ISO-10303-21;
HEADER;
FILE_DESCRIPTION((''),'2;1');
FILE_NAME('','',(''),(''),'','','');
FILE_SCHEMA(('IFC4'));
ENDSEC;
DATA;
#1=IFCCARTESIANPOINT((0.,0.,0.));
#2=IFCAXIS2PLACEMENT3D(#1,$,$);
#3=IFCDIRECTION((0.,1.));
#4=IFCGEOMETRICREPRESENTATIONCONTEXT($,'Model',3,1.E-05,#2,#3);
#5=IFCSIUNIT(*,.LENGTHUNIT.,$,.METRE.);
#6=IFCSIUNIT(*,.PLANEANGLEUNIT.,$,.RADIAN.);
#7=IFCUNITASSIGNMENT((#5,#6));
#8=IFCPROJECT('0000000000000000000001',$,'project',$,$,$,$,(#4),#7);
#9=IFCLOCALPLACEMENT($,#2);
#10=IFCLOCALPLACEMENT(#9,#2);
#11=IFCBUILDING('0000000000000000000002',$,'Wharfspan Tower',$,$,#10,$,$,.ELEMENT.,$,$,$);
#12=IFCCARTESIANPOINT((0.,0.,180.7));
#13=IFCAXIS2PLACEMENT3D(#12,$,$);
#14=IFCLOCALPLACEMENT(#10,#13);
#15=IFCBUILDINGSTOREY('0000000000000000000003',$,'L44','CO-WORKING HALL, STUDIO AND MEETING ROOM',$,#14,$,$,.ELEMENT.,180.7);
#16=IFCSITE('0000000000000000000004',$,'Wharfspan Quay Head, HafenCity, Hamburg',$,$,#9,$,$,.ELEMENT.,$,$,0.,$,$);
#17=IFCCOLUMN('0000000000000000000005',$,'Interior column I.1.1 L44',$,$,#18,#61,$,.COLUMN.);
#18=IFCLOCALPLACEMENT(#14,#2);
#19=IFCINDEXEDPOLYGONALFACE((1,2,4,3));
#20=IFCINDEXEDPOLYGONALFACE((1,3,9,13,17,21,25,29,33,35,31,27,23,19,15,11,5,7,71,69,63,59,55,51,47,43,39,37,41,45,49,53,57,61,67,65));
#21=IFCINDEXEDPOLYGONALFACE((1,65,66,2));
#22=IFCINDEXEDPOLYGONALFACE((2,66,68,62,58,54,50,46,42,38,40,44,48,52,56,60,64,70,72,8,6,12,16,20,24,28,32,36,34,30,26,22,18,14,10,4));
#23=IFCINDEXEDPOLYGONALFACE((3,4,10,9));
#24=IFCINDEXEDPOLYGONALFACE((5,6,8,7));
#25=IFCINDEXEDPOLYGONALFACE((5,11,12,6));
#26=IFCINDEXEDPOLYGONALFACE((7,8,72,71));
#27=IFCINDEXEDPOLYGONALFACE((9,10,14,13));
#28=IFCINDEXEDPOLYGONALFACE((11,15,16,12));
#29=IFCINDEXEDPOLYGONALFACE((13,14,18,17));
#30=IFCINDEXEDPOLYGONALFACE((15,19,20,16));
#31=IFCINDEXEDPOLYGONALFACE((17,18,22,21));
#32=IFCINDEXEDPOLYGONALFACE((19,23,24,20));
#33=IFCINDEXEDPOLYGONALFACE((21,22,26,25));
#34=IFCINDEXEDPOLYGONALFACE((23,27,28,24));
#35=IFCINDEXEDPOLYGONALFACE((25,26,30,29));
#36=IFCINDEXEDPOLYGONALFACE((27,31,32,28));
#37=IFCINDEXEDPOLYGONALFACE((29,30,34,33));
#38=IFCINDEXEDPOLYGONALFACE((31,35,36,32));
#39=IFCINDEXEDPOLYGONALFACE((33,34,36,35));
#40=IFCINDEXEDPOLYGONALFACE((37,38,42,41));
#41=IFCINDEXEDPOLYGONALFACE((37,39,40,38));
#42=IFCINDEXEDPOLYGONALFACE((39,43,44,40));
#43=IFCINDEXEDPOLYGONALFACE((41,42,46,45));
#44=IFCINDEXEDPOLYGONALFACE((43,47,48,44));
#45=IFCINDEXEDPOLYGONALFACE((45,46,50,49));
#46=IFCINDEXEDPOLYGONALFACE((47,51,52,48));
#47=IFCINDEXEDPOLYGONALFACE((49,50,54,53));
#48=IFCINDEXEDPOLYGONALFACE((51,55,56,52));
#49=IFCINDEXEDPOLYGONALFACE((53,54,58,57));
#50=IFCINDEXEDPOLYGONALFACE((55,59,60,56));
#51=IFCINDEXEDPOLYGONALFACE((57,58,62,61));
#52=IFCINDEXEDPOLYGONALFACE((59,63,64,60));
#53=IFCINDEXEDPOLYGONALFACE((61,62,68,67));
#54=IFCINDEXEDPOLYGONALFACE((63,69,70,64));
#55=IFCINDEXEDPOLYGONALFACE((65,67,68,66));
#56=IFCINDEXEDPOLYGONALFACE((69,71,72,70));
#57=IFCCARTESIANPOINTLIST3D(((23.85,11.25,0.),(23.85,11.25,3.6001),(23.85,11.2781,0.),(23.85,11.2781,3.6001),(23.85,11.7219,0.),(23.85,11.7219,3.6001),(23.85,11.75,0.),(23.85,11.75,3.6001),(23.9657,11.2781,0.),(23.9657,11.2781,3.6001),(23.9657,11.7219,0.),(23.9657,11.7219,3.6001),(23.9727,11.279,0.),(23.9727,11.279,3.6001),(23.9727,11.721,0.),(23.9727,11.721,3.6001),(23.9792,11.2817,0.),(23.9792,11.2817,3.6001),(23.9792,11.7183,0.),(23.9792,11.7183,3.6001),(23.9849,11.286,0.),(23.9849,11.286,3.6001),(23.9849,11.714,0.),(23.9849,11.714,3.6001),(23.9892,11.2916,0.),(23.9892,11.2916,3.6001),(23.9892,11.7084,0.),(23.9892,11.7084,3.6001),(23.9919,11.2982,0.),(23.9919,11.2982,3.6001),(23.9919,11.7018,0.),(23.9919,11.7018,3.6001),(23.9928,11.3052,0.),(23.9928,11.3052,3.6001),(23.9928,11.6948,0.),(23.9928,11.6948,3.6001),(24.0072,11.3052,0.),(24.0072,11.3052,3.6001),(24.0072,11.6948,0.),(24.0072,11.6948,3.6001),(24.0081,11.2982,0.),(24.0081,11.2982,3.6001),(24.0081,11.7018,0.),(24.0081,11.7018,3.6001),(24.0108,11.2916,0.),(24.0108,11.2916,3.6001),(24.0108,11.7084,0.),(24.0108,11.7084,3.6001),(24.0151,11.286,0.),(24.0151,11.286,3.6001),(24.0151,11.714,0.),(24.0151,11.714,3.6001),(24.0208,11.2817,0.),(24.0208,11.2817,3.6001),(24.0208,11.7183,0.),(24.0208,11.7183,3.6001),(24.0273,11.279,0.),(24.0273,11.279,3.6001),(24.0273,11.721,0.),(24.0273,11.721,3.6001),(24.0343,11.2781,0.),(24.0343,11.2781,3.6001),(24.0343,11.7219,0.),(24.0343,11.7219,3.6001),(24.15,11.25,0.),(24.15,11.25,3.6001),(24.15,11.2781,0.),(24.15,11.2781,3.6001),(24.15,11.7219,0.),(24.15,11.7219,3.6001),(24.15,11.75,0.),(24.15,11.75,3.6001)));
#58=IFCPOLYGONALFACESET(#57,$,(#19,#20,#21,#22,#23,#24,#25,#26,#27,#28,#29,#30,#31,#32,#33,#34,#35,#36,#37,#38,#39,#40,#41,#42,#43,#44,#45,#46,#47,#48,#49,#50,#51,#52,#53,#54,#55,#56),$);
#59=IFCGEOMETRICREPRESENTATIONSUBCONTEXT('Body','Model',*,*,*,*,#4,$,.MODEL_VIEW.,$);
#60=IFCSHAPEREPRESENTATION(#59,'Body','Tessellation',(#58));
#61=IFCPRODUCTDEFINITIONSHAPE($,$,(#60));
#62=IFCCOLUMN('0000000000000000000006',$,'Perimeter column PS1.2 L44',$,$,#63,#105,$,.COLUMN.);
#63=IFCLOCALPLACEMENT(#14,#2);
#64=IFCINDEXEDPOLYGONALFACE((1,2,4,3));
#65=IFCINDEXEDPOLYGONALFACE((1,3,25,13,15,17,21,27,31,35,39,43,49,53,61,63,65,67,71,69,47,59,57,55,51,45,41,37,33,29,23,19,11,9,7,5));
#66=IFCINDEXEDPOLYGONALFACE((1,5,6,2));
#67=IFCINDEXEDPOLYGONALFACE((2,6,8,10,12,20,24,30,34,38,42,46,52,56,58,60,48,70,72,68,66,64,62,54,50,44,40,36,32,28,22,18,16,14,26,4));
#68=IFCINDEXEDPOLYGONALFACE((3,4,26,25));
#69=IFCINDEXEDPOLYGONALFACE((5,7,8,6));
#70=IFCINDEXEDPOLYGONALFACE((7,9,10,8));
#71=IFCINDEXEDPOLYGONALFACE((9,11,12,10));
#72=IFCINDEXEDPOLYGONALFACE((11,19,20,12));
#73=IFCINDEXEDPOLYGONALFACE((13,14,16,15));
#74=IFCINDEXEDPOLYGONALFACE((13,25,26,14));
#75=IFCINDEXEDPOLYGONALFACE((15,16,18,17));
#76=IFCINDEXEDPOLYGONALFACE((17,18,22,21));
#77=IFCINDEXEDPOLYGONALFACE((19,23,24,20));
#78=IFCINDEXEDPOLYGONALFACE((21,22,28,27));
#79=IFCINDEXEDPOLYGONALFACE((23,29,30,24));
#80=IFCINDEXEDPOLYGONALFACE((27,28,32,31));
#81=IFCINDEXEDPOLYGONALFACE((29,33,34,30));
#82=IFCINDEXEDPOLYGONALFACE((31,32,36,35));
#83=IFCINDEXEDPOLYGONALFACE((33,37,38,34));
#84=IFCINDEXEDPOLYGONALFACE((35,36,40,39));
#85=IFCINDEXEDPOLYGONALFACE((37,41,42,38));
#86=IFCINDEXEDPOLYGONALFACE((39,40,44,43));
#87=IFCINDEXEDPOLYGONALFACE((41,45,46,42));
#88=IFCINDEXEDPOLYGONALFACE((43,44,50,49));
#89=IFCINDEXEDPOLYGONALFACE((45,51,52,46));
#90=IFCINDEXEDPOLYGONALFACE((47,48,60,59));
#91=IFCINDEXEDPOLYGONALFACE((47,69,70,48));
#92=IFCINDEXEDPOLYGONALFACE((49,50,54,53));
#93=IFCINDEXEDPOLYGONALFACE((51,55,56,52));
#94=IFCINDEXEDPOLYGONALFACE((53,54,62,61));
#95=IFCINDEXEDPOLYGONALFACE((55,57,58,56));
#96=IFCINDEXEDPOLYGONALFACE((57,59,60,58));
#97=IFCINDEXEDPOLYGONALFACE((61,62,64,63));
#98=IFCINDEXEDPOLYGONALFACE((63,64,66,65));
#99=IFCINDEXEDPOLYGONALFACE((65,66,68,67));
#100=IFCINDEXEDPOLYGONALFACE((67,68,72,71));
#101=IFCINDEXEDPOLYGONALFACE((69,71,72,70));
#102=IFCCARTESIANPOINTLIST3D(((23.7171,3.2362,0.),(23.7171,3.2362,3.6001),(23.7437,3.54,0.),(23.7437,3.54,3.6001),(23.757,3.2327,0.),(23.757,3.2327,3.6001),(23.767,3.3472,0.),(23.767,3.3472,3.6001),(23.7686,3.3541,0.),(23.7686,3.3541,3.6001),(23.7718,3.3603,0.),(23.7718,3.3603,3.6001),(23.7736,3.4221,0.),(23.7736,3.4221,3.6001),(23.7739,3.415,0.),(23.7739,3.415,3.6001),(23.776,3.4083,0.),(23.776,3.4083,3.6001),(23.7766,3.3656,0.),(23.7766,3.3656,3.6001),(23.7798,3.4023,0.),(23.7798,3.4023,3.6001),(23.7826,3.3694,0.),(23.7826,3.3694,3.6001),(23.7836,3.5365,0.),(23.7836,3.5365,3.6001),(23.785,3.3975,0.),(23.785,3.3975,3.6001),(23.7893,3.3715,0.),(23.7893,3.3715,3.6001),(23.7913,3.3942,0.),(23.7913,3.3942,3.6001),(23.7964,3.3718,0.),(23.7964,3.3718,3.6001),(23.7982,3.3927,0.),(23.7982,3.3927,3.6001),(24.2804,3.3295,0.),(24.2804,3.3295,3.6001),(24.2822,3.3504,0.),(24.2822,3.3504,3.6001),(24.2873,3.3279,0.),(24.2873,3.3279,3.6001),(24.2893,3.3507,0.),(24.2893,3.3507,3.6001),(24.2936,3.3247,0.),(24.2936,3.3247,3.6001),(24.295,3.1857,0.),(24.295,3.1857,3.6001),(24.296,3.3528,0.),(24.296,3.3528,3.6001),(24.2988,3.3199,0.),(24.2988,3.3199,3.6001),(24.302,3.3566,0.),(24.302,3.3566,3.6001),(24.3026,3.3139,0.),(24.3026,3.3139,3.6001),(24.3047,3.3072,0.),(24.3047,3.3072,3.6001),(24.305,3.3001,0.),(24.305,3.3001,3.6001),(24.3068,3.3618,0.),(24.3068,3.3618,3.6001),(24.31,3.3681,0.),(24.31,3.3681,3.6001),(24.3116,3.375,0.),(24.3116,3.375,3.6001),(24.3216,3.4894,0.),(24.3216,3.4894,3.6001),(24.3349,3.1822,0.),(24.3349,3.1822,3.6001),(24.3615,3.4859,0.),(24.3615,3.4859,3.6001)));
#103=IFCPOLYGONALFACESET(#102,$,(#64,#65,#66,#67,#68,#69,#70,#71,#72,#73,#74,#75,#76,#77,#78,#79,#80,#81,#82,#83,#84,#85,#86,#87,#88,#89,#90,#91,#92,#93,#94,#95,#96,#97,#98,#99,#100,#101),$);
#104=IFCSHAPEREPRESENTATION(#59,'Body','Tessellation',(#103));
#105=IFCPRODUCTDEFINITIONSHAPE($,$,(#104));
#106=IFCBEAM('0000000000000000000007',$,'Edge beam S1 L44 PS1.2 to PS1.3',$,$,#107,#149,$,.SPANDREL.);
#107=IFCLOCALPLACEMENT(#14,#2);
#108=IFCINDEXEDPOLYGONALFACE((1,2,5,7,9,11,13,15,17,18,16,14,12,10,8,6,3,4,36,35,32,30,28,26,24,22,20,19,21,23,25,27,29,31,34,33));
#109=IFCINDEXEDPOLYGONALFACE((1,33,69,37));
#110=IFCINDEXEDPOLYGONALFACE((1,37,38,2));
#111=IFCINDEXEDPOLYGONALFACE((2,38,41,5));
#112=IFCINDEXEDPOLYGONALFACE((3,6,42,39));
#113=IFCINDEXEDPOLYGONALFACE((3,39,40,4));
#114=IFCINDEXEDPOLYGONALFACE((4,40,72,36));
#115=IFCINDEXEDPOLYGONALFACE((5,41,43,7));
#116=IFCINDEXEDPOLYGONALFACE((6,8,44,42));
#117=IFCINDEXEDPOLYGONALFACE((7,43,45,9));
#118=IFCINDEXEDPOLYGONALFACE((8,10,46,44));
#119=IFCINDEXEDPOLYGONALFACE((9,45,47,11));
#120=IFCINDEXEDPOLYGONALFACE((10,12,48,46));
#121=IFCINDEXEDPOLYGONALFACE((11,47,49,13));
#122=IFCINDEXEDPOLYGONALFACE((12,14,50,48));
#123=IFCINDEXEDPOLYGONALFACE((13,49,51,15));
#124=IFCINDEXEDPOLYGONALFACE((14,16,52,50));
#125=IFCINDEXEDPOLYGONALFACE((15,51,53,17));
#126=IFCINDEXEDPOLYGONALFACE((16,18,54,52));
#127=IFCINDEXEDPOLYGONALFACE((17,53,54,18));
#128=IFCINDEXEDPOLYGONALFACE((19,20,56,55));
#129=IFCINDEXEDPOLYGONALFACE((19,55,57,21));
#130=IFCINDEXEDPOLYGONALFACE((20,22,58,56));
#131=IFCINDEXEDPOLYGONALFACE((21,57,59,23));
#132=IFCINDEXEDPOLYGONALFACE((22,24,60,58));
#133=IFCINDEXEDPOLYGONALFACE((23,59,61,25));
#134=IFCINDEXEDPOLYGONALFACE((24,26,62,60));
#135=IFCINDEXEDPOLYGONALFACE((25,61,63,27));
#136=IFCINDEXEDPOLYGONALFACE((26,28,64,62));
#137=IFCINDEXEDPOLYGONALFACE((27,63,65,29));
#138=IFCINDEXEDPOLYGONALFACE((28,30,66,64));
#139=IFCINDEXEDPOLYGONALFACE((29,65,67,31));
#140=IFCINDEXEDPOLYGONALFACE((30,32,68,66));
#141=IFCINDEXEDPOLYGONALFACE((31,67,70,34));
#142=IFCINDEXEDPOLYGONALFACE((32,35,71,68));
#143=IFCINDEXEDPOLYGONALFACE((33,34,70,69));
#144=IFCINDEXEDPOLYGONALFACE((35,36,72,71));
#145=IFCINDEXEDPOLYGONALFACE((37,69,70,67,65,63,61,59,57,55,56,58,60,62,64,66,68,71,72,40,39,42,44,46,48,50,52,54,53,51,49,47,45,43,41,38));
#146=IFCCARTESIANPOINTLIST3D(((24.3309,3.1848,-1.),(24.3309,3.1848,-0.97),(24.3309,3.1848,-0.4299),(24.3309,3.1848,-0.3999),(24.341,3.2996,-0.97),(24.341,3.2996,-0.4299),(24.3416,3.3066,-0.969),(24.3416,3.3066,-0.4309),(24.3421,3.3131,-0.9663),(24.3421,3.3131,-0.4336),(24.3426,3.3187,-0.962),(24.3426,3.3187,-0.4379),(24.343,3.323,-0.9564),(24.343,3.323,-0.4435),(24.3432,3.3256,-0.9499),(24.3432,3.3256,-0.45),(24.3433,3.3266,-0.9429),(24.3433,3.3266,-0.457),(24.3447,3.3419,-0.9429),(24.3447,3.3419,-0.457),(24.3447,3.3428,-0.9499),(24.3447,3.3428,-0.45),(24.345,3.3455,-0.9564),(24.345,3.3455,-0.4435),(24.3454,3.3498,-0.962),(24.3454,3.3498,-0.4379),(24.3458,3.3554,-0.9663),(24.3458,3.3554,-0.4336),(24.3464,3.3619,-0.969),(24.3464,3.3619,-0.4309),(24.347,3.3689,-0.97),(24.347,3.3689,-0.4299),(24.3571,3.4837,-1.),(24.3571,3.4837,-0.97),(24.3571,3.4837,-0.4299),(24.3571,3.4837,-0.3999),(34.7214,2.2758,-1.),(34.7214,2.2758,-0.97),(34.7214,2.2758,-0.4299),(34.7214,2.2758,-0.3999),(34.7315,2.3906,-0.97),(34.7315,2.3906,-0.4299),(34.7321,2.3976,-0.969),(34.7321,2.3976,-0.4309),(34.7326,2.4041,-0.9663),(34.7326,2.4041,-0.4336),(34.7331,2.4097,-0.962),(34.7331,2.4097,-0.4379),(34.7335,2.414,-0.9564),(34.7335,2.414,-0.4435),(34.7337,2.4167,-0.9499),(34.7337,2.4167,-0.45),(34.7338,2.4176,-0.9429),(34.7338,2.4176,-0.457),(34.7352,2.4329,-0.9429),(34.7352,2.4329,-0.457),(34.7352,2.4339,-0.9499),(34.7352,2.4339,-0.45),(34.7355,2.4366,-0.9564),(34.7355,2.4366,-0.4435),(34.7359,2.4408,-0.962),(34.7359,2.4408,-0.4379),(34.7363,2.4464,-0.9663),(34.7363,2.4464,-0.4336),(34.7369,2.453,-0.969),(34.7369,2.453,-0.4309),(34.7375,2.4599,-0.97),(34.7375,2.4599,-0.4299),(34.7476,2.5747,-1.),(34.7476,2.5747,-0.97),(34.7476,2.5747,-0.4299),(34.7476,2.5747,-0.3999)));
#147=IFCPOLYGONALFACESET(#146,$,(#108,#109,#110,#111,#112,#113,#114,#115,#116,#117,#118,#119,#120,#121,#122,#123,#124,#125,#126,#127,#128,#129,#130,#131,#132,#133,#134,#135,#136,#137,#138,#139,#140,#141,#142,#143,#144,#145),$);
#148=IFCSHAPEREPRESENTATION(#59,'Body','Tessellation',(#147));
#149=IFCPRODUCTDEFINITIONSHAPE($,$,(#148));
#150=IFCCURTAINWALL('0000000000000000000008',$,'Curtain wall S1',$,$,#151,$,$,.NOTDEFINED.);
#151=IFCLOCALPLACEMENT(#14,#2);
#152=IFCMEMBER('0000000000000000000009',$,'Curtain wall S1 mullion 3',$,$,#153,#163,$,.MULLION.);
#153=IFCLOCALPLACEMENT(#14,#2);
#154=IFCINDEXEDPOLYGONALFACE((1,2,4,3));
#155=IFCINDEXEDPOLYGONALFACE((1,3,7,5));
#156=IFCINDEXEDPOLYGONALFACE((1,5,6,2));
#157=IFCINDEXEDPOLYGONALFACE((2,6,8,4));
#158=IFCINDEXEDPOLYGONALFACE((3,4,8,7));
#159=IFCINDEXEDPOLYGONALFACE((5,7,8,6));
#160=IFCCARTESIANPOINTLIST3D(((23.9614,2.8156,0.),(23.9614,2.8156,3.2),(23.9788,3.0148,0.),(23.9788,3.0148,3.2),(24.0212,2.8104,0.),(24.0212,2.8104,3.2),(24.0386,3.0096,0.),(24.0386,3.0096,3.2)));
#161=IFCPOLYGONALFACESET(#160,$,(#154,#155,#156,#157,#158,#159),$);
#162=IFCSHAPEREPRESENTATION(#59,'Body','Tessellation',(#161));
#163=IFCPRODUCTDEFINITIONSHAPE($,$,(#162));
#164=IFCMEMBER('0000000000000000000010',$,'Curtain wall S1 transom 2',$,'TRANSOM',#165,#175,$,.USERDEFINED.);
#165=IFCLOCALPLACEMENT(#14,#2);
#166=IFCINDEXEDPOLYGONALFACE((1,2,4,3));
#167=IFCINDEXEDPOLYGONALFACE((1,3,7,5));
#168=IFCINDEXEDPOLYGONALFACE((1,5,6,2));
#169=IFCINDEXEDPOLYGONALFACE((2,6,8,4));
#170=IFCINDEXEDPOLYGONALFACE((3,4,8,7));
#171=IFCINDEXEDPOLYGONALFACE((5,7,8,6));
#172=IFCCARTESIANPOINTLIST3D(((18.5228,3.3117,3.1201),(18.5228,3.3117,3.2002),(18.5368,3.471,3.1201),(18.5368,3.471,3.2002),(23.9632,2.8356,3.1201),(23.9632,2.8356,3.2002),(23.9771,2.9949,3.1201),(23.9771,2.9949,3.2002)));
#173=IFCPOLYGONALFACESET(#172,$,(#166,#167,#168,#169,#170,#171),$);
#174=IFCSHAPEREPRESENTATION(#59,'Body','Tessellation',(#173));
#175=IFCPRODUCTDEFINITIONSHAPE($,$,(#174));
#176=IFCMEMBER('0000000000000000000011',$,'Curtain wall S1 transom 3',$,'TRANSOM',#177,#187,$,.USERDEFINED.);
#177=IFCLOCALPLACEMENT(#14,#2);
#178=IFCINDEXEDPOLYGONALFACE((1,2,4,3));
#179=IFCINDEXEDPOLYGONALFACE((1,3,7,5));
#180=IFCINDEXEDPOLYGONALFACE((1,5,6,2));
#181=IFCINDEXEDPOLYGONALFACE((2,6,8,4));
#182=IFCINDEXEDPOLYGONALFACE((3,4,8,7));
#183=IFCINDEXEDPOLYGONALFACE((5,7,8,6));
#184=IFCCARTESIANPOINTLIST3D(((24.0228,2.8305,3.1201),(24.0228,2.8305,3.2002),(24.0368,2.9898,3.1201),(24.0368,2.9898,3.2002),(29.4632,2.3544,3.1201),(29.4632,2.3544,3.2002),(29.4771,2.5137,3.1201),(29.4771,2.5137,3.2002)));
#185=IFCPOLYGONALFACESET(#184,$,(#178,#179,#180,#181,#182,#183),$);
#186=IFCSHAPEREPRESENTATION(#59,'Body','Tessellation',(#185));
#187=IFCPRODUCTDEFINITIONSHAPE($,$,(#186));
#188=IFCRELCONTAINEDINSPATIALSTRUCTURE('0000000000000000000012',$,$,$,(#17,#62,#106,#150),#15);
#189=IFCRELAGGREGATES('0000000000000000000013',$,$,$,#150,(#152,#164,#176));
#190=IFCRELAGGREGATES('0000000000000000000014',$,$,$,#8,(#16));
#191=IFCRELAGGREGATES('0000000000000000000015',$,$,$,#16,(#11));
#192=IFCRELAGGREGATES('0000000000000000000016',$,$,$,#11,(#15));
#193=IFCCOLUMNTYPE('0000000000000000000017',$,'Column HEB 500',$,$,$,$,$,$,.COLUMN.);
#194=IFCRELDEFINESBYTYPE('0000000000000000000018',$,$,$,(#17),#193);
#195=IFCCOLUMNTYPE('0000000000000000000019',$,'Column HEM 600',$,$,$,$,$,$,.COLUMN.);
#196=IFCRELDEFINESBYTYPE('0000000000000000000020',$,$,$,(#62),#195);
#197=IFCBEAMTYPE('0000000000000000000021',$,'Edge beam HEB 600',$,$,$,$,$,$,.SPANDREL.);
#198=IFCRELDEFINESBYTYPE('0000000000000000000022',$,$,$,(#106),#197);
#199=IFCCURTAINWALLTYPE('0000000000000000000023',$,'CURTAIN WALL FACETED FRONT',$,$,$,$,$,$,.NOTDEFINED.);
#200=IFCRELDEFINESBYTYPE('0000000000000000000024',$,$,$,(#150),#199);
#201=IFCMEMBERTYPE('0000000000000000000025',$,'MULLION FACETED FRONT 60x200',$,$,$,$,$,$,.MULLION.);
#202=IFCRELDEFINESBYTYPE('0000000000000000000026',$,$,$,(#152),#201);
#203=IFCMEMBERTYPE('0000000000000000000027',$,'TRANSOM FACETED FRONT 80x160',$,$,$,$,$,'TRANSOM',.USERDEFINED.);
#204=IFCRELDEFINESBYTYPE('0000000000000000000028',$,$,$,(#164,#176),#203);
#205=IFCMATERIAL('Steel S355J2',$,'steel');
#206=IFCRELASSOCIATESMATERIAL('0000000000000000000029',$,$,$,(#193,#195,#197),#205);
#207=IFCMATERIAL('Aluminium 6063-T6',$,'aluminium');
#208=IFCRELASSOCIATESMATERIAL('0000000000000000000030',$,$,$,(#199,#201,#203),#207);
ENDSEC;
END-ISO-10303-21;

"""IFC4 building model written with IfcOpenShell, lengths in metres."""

from ifc_helpers import new_model, si_unit, direction, frame, origin, origin_2d, place, context, subcontext, project, spatial, rectangle, i_section, extrude, material, material_profile, profile_set, type_object, element, aggregate, save


model = new_model("IFC4")

# Units and contexts
model_context = context("Model", 3, precision=1e-05, world=origin(), true_north=direction((0.0, 1.0)))
body_context = subcontext(model_context, "Body", "Model", "MODEL_VIEW")
ifc_project = project(units=[si_unit("LENGTHUNIT", "METRE"), si_unit("PLANEANGLEUNIT", "RADIAN")], contexts=[model_context])

# Site, building, storey
site_placement = place(None, origin())
site = spatial("IfcSite", under=ifc_project, at=site_placement, Name="Wharfspan Quay Head, HafenCity, Hamburg", CompositionType="ELEMENT", RefElevation=0.0)
building_placement = place(site_placement, origin())
building = spatial("IfcBuilding", under=site, at=building_placement, Name="Wharfspan Tower", CompositionType="ELEMENT")
storey_placement = place(building_placement, frame((0.0, 0.0, 180.7)))
storey = spatial("IfcBuildingStorey", under=building, at=storey_placement, Name="L44", Description="CO-WORKING HALL, STUDIO AND MEETING ROOM", CompositionType="ELEMENT", Elevation=180.7)

# Columns
ifc_material_1 = material(Name="Steel S355J2", Category="steel")
ifc_material_profile_1 = material_profile(ifc_material_1, i_section(OverallWidth=0.3, OverallDepth=0.5, WebThickness=0.0144, FlangeThickness=0.0281, FilletRadius=0.0271, at=origin_2d()))
ifc_profile_set_1 = profile_set([ifc_material_profile_1], Name="Steel S355J2")
column_type_1 = type_object("IfcColumnType", Name="Column HEB 500", PredefinedType="COLUMN", material=ifc_profile_set_1)
column_1_placement = place(storey_placement, frame((24.0, 11.5, 0.0), z_axis=(0.0, 0.0, 1.0), x_axis=(1.0, 0.0, 0.0)))
element("IfcColumn", 1, at=column_1_placement, inside=storey, type_object=column_type_1, Name="Interior column I.1.1 L44", PredefinedType="COLUMN", context=body_context, shape_type="SweptSolid", body=[
    extrude(i_section(OverallWidth=0.3, OverallDepth=0.5, WebThickness=0.0144, FlangeThickness=0.0281, FilletRadius=0.0271, at=origin_2d()), origin(), (0.0, 0.0, 1.0), 3.6001),
])
ifc_material_profile_2 = material_profile(ifc_material_1, i_section(OverallWidth=0.3049, OverallDepth=0.6201, WebThickness=0.021, FlangeThickness=0.04, FilletRadius=0.0271, at=origin_2d()))
ifc_profile_set_2 = profile_set([ifc_material_profile_2], Name="Steel S355J2")
column_type_2 = type_object("IfcColumnType", Name="Column HEM 600", PredefinedType="COLUMN", material=ifc_profile_set_2)
column_2_placement = place(storey_placement, frame((24.0393, 3.3611, 0.0), z_axis=(0.0, 0.0, 1.0), x_axis=(-0.087156, -0.996198, 0.0)))
element("IfcColumn", 2, at=column_2_placement, inside=storey, type_object=column_type_2, Name="Perimeter column PS1.2 L44", PredefinedType="COLUMN", context=body_context, shape_type="SweptSolid", body=[
    extrude(i_section(OverallWidth=0.3049, OverallDepth=0.6201, WebThickness=0.021, FlangeThickness=0.04, FilletRadius=0.0271, at=origin_2d()), origin(), (0.0, 0.0, 1.0), 3.6001),
])

# Beam
ifc_material_profile_3 = material_profile(ifc_material_1, i_section(OverallWidth=0.3, OverallDepth=0.6001, WebThickness=0.0154, FlangeThickness=0.03, FilletRadius=0.0271, at=origin_2d()))
ifc_profile_set_3 = profile_set([ifc_material_profile_3], Name="Steel S355J2")
beam_type = type_object("IfcBeamType", Name="Edge beam HEB 600", PredefinedType="SPANDREL", material=ifc_profile_set_3)
beam_placement = place(storey_placement, frame((24.344, 3.3342, -0.7), z_axis=(0.996196, -0.087146, 0.0), x_axis=(0.087146, 0.996196, 0.0)))
element("IfcBeam", 3, at=beam_placement, inside=storey, type_object=beam_type, Name="Edge beam S1 L44 PS1.2 to PS1.3", PredefinedType="SPANDREL", context=body_context, shape_type="SweptSolid", body=[
    extrude(i_section(OverallWidth=0.3, OverallDepth=0.6001, WebThickness=0.0154, FlangeThickness=0.03, FilletRadius=0.0271, at=origin_2d()), origin(), (0.0, 0.0, 1.0), 10.4302),
])

# Curtain wall, members
ifc_material_2 = material(Name="Aluminium 6063-T6", Category="aluminium")
curtain_wall_type = type_object("IfcCurtainWallType", Name="CURTAIN WALL FACETED FRONT", PredefinedType="NOTDEFINED", material=ifc_material_2)
curtain_wall_placement = place(storey_placement, origin())
curtain_wall = element("IfcCurtainWall", 4, at=curtain_wall_placement, inside=storey, type_object=curtain_wall_type, Name="Curtain wall S1", PredefinedType="NOTDEFINED")
ifc_material_profile_4 = material_profile(ifc_material_2, rectangle(XDim=0.2, YDim=0.0601, at=origin_2d()))
ifc_profile_set_4 = profile_set([ifc_material_profile_4], Name="Aluminium 6063-T6")
member_type_1 = type_object("IfcMemberType", Name="MULLION FACETED FRONT 60x200", PredefinedType="MULLION", material=ifc_profile_set_4)
member_1_placement = place(storey_placement, frame((24.0, 2.9126, 0.0), z_axis=(0.0, 0.0, 1.0), x_axis=(0.087156, 0.996198, 0.0)))
member_1 = element("IfcMember", 5, at=member_1_placement, type_object=member_type_1, Name="Curtain wall S1 mullion 3", PredefinedType="MULLION", context=body_context, shape_type="SweptSolid", body=[
    extrude(rectangle(XDim=0.2, YDim=0.0601, at=origin_2d()), origin(), (0.0, 0.0, 1.0), 3.2),
])
ifc_material_profile_5 = material_profile(ifc_material_2, rectangle(XDim=0.1599, YDim=0.0801, at=origin_2d()))
ifc_profile_set_5 = profile_set([ifc_material_profile_5], Name="Aluminium 6063-T6")
member_type_2 = type_object("IfcMemberType", Name="TRANSOM FACETED FRONT 80x160", ElementType="TRANSOM", PredefinedType="USERDEFINED", material=ifc_profile_set_5)
member_2_placement = place(storey_placement, frame((18.5298, 3.3914, 3.1602), z_axis=(0.996193, -0.087174, 0.0), x_axis=(0.087174, 0.996193, 0.0)))
member_2 = element("IfcMember", 6, at=member_2_placement, type_object=member_type_2, Name="Curtain wall S1 transom 2", ObjectType="TRANSOM", PredefinedType="USERDEFINED", context=body_context, shape_type="SweptSolid", body=[
    extrude(rectangle(XDim=0.1599, YDim=0.0801, at=origin_2d()), origin(), (0.0, 0.0, 1.0), 5.4612),
])
member_3_placement = place(storey_placement, frame((24.0298, 2.9102, 3.1602), z_axis=(0.996193, -0.087174, 0.0), x_axis=(0.087174, 0.996193, 0.0)))
member_3 = element("IfcMember", 7, at=member_3_placement, type_object=member_type_2, Name="Curtain wall S1 transom 3", ObjectType="TRANSOM", PredefinedType="USERDEFINED", context=body_context, shape_type="SweptSolid", body=[
    extrude(rectangle(XDim=0.1599, YDim=0.0801, at=origin_2d()), origin(), (0.0, 0.0, 1.0), 5.4612),
])
aggregate(curtain_wall, [member_1, member_2, member_3])

save(model, "model.ifc")
